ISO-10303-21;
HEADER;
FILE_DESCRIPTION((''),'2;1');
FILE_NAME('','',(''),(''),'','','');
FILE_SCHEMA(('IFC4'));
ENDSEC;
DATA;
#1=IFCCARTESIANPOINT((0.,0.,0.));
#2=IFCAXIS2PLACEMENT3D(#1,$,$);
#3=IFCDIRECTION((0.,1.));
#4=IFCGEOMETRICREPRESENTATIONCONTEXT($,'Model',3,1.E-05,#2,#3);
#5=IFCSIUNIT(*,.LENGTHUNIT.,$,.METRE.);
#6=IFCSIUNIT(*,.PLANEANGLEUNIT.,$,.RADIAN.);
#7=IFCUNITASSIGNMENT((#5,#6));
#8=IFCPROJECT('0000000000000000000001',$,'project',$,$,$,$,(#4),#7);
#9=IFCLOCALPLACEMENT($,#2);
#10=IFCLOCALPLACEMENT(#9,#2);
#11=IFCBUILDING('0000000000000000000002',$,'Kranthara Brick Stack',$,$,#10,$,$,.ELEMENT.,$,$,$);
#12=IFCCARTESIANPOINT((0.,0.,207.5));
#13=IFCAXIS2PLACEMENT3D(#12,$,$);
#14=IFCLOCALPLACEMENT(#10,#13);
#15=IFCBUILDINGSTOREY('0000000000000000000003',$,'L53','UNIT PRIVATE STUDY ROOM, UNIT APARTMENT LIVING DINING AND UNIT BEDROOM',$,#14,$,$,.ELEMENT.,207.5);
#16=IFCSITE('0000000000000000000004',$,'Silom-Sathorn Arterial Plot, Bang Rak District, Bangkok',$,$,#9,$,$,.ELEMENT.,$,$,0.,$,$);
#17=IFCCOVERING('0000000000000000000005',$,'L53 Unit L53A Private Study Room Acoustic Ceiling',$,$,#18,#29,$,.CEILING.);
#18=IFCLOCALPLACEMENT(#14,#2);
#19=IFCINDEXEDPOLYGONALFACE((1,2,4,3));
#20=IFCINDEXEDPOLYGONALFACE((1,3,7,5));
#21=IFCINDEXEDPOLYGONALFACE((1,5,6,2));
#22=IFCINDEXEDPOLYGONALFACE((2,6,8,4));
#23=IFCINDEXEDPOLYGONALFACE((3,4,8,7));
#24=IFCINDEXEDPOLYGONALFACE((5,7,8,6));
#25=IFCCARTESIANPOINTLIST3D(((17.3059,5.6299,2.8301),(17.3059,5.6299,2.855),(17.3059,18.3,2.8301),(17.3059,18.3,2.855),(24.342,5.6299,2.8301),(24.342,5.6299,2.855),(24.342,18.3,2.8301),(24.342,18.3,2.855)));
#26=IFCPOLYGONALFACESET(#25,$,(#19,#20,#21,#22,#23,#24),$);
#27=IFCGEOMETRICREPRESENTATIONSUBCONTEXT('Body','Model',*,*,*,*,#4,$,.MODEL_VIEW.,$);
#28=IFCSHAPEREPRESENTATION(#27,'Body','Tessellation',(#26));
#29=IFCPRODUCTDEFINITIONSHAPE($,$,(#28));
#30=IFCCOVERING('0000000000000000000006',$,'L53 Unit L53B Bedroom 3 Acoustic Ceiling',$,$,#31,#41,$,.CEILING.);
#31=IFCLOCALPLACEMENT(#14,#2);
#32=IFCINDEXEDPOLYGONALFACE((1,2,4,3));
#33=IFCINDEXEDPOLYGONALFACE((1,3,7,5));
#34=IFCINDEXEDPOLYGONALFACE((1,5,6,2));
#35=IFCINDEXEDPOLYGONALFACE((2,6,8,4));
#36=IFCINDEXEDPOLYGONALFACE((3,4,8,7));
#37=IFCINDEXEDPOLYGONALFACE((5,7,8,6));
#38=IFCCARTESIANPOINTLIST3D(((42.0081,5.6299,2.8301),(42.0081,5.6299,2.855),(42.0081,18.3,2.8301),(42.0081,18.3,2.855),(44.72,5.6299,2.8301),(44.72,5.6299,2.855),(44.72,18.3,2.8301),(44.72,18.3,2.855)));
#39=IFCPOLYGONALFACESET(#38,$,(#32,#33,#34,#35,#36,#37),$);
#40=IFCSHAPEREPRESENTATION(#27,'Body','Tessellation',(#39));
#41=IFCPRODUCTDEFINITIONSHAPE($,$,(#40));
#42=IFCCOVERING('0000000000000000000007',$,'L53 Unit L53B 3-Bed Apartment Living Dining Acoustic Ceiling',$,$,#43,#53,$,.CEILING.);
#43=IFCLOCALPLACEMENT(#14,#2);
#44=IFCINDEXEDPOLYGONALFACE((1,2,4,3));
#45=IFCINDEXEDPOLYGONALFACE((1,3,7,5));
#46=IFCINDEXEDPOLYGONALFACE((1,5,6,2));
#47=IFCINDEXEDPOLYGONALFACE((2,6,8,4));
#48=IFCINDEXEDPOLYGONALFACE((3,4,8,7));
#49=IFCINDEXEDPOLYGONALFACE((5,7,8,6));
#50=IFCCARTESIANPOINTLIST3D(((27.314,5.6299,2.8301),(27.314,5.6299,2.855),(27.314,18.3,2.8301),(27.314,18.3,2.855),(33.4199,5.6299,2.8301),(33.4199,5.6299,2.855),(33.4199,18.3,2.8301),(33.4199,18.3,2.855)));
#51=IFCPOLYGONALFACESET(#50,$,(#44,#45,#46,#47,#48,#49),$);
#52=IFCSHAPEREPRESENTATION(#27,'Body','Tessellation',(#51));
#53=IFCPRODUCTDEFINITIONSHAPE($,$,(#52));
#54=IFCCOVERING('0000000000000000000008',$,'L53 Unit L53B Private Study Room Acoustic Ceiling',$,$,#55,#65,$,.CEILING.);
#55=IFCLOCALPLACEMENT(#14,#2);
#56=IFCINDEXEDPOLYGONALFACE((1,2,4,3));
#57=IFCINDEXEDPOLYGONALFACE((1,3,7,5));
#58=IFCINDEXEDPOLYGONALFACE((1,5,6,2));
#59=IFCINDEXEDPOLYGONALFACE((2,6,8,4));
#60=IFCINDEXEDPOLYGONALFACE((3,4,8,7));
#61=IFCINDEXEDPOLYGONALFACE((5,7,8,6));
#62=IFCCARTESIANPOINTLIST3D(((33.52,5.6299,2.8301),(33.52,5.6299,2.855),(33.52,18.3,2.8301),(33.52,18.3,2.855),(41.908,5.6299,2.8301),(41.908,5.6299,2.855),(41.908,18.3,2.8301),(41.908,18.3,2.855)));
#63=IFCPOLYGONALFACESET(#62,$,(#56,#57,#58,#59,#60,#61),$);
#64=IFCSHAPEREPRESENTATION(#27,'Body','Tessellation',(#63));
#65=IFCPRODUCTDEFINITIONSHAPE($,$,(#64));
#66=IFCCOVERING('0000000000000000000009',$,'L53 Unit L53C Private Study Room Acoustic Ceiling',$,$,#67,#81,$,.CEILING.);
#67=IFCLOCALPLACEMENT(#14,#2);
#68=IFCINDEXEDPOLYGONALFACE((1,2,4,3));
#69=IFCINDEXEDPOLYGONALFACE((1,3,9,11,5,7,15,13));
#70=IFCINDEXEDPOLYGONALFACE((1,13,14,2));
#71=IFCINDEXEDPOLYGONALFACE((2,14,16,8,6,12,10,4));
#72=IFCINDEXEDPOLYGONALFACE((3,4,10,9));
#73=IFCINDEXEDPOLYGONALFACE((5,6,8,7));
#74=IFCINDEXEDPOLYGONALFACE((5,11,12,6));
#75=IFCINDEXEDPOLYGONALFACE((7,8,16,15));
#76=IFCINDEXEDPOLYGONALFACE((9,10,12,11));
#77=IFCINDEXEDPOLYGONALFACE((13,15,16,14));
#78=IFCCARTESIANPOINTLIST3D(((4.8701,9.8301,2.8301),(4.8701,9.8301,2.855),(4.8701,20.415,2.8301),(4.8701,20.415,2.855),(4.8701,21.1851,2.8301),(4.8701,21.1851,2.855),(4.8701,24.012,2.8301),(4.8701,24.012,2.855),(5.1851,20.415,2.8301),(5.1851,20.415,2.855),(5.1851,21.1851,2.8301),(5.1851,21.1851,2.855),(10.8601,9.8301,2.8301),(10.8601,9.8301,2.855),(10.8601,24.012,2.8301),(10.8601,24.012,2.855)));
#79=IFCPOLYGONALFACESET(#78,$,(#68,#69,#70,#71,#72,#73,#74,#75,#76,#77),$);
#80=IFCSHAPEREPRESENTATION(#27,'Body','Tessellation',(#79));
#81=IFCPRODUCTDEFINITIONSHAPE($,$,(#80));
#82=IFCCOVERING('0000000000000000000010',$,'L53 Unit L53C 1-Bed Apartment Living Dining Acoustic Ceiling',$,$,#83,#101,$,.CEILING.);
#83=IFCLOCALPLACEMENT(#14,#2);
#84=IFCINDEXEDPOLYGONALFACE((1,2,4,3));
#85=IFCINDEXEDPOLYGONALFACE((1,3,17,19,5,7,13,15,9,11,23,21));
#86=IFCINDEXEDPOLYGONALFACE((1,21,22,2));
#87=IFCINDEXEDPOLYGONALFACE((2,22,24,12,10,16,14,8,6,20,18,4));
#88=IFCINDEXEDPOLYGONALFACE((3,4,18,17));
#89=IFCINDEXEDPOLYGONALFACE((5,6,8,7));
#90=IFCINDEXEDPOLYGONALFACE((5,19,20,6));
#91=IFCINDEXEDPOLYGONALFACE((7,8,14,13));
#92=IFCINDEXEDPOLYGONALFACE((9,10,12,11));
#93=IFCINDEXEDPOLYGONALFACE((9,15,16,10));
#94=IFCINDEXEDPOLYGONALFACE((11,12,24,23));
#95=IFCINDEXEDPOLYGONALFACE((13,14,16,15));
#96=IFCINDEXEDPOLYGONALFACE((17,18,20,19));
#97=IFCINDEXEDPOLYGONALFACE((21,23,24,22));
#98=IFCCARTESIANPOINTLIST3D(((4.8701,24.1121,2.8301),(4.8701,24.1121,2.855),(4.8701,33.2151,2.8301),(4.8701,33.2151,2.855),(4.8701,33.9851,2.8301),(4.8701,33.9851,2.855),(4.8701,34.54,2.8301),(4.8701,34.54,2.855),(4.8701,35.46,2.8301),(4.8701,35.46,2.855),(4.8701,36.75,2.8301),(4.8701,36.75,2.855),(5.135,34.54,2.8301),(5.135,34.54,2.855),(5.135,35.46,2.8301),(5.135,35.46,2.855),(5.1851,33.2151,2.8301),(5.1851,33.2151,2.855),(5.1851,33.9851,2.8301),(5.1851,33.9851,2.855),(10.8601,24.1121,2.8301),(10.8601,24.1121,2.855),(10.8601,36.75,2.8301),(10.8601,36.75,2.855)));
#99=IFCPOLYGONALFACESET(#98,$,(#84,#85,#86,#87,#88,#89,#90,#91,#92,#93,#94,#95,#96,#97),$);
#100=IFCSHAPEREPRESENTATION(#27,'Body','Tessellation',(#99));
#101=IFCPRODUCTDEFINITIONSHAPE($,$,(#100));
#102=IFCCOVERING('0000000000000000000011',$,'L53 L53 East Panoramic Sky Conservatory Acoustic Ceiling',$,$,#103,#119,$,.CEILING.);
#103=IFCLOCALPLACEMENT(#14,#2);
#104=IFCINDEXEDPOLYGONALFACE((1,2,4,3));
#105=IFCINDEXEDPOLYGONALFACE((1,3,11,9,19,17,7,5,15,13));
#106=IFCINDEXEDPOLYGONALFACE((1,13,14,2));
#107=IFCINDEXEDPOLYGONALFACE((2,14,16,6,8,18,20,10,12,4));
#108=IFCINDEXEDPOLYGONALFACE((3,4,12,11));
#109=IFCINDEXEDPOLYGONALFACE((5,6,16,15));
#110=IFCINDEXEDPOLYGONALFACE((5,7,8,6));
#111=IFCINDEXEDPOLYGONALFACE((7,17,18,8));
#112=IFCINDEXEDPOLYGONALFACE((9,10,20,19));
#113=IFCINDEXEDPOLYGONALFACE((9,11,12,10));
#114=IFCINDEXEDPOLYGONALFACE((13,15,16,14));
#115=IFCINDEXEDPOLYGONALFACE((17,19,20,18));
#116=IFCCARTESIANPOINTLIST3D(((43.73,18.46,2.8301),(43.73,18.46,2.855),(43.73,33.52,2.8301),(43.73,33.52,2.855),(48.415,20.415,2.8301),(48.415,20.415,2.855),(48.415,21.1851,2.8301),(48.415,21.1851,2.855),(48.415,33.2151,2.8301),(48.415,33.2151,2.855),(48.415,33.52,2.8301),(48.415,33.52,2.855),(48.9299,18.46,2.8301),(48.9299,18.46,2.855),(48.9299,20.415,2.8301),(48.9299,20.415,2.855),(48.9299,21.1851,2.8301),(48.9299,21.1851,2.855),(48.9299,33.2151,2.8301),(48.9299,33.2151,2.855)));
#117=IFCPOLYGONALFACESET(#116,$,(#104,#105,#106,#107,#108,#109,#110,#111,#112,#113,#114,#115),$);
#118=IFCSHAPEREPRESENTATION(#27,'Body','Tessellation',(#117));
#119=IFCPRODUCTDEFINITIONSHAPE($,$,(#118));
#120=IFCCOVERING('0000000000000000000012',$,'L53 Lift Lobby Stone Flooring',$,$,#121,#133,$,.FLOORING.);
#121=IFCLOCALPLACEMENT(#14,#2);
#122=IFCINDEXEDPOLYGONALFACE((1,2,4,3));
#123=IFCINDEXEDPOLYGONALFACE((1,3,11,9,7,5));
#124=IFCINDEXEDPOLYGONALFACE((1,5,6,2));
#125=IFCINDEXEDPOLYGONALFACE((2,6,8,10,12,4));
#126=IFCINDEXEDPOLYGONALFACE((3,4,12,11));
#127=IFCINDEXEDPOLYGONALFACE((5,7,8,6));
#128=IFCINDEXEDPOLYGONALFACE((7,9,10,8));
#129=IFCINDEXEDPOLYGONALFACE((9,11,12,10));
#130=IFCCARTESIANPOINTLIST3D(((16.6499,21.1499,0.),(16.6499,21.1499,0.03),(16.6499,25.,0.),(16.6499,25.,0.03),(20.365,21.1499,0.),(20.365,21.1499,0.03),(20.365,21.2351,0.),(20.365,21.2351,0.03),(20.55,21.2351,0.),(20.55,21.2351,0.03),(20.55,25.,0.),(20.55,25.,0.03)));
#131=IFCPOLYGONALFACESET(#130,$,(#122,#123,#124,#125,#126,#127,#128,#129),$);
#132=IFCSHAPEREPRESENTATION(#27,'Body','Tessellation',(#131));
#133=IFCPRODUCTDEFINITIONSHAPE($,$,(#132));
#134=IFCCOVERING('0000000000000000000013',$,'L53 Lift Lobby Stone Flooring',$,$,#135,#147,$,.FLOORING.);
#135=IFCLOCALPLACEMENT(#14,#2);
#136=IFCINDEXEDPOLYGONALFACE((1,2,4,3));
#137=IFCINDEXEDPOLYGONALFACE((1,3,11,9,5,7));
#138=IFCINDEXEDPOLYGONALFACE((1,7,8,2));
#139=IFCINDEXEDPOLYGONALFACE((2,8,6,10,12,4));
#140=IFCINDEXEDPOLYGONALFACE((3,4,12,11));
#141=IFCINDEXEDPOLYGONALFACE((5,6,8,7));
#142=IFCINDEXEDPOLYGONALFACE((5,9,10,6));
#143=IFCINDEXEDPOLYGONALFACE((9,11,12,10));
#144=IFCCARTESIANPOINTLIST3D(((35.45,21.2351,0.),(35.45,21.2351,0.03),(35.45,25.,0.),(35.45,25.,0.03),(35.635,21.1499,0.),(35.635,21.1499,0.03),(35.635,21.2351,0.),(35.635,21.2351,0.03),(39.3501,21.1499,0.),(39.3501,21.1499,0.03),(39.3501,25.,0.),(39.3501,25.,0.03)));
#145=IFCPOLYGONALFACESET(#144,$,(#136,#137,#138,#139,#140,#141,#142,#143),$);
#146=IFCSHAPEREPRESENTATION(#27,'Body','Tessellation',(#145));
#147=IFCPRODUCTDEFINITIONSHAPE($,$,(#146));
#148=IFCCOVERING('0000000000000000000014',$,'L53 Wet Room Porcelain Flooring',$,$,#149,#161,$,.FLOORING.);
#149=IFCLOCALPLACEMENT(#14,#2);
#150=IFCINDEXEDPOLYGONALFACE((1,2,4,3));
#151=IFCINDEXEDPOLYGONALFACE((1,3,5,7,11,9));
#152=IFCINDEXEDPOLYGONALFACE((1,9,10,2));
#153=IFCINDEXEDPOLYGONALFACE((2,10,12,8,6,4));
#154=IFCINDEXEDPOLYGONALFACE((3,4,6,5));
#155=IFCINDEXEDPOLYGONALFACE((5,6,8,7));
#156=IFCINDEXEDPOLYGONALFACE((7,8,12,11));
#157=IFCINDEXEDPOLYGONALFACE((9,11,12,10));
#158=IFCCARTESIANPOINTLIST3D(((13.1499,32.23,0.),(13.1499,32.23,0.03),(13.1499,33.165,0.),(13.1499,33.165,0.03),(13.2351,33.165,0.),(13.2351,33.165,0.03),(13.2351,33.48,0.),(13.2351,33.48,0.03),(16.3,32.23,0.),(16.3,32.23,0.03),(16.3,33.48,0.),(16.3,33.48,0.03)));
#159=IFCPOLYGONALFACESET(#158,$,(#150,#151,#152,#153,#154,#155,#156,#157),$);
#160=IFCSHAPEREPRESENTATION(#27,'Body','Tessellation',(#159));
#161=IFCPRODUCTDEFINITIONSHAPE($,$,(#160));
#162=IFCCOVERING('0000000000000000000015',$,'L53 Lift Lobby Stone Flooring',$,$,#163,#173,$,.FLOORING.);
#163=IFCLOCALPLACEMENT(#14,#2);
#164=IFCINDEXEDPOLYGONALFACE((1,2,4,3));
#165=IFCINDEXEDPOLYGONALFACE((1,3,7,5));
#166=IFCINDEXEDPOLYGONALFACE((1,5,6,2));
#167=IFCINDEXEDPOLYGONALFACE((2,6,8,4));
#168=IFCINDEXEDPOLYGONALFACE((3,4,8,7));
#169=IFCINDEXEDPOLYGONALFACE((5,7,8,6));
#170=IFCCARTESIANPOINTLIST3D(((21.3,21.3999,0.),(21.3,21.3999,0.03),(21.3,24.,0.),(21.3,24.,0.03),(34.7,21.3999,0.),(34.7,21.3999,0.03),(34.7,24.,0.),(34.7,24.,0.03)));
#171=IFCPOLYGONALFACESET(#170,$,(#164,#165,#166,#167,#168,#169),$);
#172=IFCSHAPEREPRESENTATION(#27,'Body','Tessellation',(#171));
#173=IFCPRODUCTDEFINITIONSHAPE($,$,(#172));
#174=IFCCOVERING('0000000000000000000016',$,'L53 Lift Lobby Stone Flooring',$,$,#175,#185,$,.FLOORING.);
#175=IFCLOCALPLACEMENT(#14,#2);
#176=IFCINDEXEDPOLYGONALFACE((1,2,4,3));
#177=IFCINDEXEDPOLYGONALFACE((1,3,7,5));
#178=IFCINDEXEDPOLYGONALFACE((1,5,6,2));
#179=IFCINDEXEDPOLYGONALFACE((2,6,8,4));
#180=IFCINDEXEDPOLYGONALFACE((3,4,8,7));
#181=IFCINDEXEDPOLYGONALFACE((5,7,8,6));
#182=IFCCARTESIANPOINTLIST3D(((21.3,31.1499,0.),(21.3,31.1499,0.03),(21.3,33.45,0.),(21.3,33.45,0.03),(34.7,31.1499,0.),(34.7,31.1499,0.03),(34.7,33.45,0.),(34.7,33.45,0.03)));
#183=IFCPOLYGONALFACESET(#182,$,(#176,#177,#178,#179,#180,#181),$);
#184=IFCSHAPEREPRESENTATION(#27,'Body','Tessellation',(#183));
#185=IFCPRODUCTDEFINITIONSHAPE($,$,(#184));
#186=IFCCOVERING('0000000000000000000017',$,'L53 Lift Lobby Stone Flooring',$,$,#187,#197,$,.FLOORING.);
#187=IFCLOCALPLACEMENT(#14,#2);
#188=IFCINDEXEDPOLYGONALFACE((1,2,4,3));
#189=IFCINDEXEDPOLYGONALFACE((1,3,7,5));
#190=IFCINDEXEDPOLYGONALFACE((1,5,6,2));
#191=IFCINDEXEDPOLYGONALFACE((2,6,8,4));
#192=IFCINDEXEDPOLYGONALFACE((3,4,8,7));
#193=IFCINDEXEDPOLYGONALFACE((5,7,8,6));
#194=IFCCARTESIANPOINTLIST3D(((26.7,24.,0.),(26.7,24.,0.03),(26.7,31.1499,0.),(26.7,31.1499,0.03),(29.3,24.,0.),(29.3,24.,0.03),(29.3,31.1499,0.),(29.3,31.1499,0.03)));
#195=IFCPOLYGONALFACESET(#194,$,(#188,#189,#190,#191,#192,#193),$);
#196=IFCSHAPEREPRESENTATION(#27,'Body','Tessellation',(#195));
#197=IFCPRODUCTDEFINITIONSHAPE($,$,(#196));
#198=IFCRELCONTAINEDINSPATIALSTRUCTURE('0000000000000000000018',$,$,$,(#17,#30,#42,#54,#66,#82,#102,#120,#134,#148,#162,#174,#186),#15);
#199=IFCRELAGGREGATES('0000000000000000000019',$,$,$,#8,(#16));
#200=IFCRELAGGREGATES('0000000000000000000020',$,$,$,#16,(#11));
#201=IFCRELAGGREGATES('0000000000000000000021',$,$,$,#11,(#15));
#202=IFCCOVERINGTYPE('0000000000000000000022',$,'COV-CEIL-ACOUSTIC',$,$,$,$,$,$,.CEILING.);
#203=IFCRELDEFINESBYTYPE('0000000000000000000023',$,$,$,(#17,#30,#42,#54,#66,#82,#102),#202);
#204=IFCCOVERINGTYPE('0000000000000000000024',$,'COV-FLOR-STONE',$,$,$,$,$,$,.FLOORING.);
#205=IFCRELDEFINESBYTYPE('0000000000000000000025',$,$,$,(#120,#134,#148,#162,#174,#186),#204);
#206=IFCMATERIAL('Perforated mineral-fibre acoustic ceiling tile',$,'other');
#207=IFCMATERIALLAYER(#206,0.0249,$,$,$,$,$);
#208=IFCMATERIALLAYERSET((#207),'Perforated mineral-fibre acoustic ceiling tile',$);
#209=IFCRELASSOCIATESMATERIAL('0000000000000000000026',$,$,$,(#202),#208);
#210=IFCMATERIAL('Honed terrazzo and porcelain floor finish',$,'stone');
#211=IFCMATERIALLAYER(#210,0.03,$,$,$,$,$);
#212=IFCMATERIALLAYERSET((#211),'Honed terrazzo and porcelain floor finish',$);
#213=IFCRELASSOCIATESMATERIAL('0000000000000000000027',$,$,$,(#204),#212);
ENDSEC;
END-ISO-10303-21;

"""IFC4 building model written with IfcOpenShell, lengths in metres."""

from ifc_helpers import new_model, si_unit, direction, frame, origin, place, context, subcontext, project, spatial, polyline, outline, extrude, material, layer, layer_set, type_object, element, save


model = new_model("IFC4")

# Units and contexts
model_context = context("Model", 3, precision=1e-05, world=origin(), true_north=direction((0.0, 1.0)))
body_context = subcontext(model_context, "Body", "Model", "MODEL_VIEW")
ifc_project = project(units=[si_unit("LENGTHUNIT", "METRE"), si_unit("PLANEANGLEUNIT", "RADIAN")], contexts=[model_context])

# Site, building, storey
site_placement = place(None, origin())
site = spatial("IfcSite", under=ifc_project, at=site_placement, Name="Silom-Sathorn Arterial Plot, Bang Rak District, Bangkok", CompositionType="ELEMENT", RefElevation=0.0)
building_placement = place(site_placement, origin())
building = spatial("IfcBuilding", under=site, at=building_placement, Name="Kranthara Brick Stack", CompositionType="ELEMENT")
storey_placement = place(building_placement, frame((0.0, 0.0, 207.5)))
storey = spatial("IfcBuildingStorey", under=building, at=storey_placement, Name="L53", Description="UNIT PRIVATE STUDY ROOM, UNIT APARTMENT LIVING DINING AND UNIT BEDROOM", CompositionType="ELEMENT", Elevation=207.5)

# Coverings
ifc_material_1 = material(Name="Perforated mineral-fibre acoustic ceiling tile", Category="other")
ifc_layer_1 = layer(ifc_material_1, 0.0249)
ifc_layer_set_1 = layer_set([ifc_layer_1], Name="Perforated mineral-fibre acoustic ceiling tile")
covering_type_1 = type_object("IfcCoveringType", Name="COV-CEIL-ACOUSTIC", PredefinedType="CEILING", material=ifc_layer_set_1)
covering_1_placement = place(storey_placement, frame((0.0, 0.0, 2.8301)))
element("IfcCovering", 1, at=covering_1_placement, inside=storey, type_object=covering_type_1, Name="L53 Unit L53A Private Study Room Acoustic Ceiling", PredefinedType="CEILING", context=body_context, shape_type="SweptSolid", body=[
    extrude(outline(polyline([(24.342, 5.6299), (24.342, 18.3), (17.3059, 18.3), (17.3059, 5.6299), (24.342, 5.6299)])), origin(), (0.0, 0.0, 1.0), 0.0249),
])
covering_2_placement = place(storey_placement, frame((0.0, 0.0, 2.8301)))
element("IfcCovering", 2, at=covering_2_placement, inside=storey, type_object=covering_type_1, Name="L53 Unit L53B Bedroom 3 Acoustic Ceiling", PredefinedType="CEILING", context=body_context, shape_type="SweptSolid", body=[
    extrude(outline(polyline([(44.72, 5.6299), (44.72, 18.3), (42.0081, 18.3), (42.0081, 5.6299), (44.72, 5.6299)])), origin(), (0.0, 0.0, 1.0), 0.0249),
])
covering_3_placement = place(storey_placement, frame((0.0, 0.0, 2.8301)))
element("IfcCovering", 3, at=covering_3_placement, inside=storey, type_object=covering_type_1, Name="L53 Unit L53B 3-Bed Apartment Living Dining Acoustic Ceiling", PredefinedType="CEILING", context=body_context, shape_type="SweptSolid", body=[
    extrude(outline(polyline([(33.4199, 5.6299), (33.4199, 18.3), (27.314, 18.3), (27.314, 5.6299), (33.4199, 5.6299)])), origin(), (0.0, 0.0, 1.0), 0.0249),
])
covering_4_placement = place(storey_placement, frame((0.0, 0.0, 2.8301)))
element("IfcCovering", 4, at=covering_4_placement, inside=storey, type_object=covering_type_1, Name="L53 Unit L53B Private Study Room Acoustic Ceiling", PredefinedType="CEILING", context=body_context, shape_type="SweptSolid", body=[
    extrude(outline(polyline([(41.908, 5.6299), (41.908, 18.3), (33.52, 18.3), (33.52, 5.6299), (41.908, 5.6299)])), origin(), (0.0, 0.0, 1.0), 0.0249),
])
covering_5_placement = place(storey_placement, frame((0.0, 0.0, 2.8301)))
element("IfcCovering", 5, at=covering_5_placement, inside=storey, type_object=covering_type_1, Name="L53 Unit L53C Private Study Room Acoustic Ceiling", PredefinedType="CEILING", context=body_context, shape_type="SweptSolid", body=[
    extrude(outline(polyline([(4.8701, 24.012), (10.8601, 24.012), (10.8601, 9.8301), (4.8701, 9.8301), (4.8701, 20.415), (5.1851, 20.415), (5.1851, 21.1851), (4.8701, 21.1851), (4.8701, 24.012)])), origin(), (0.0, 0.0, 1.0), 0.0249),
])
covering_6_placement = place(storey_placement, frame((0.0, 0.0, 2.8301)))
element("IfcCovering", 6, at=covering_6_placement, inside=storey, type_object=covering_type_1, Name="L53 Unit L53C 1-Bed Apartment Living Dining Acoustic Ceiling", PredefinedType="CEILING", context=body_context, shape_type="SweptSolid", body=[
    extrude(outline(polyline([(10.8601, 36.75), (10.8601, 24.1121), (4.8701, 24.1121), (4.8701, 33.2151), (5.1851, 33.2151), (5.1851, 33.9851), (4.8701, 33.9851), (4.8701, 34.54), (5.135, 34.54), (5.135, 35.46), (4.8701, 35.46), (4.8701, 36.75), (10.8601, 36.75)])), origin(), (0.0, 0.0, 1.0), 0.0249),
])
covering_7_placement = place(storey_placement, frame((0.0, 0.0, 2.8301)))
element("IfcCovering", 7, at=covering_7_placement, inside=storey, type_object=covering_type_1, Name="L53 L53 East Panoramic Sky Conservatory Acoustic Ceiling", PredefinedType="CEILING", context=body_context, shape_type="SweptSolid", body=[
    extrude(outline(polyline([(43.73, 18.46), (43.73, 33.52), (48.415, 33.52), (48.415, 33.2151), (48.9299, 33.2151), (48.9299, 21.1851), (48.415, 21.1851), (48.415, 20.415), (48.9299, 20.415), (48.9299, 18.46), (43.73, 18.46)])), origin(), (0.0, 0.0, 1.0), 0.0249),
])
ifc_material_2 = material(Name="Honed terrazzo and porcelain floor finish", Category="stone")
ifc_layer_2 = layer(ifc_material_2, 0.03)
ifc_layer_set_2 = layer_set([ifc_layer_2], Name="Honed terrazzo and porcelain floor finish")
covering_type_2 = type_object("IfcCoveringType", Name="COV-FLOR-STONE", PredefinedType="FLOORING", material=ifc_layer_set_2)
covering_8_placement = place(storey_placement, origin())
element("IfcCovering", 8, at=covering_8_placement, inside=storey, type_object=covering_type_2, Name="L53 Lift Lobby Stone Flooring", PredefinedType="FLOORING", context=body_context, shape_type="SweptSolid", body=[
    extrude(outline(polyline([(16.6499, 21.1499), (16.6499, 25.0), (20.55, 25.0), (20.55, 21.2351), (20.365, 21.2351), (20.365, 21.1499), (16.6499, 21.1499)])), origin(), (0.0, 0.0, 1.0), 0.03),
])
covering_9_placement = place(storey_placement, origin())
element("IfcCovering", 9, at=covering_9_placement, inside=storey, type_object=covering_type_2, Name="L53 Lift Lobby Stone Flooring", PredefinedType="FLOORING", context=body_context, shape_type="SweptSolid", body=[
    extrude(outline(polyline([(35.45, 25.0), (39.3501, 25.0), (39.3501, 21.1499), (35.635, 21.1499), (35.635, 21.2351), (35.45, 21.2351), (35.45, 25.0)])), origin(), (0.0, 0.0, 1.0), 0.03),
])
covering_10_placement = place(storey_placement, origin())
element("IfcCovering", 10, at=covering_10_placement, inside=storey, type_object=covering_type_2, Name="L53 Wet Room Porcelain Flooring", PredefinedType="FLOORING", context=body_context, shape_type="SweptSolid", body=[
    extrude(outline(polyline([(16.3, 33.48), (16.3, 32.23), (13.1499, 32.23), (13.1499, 33.165), (13.2351, 33.165), (13.2351, 33.48), (16.3, 33.48)])), origin(), (0.0, 0.0, 1.0), 0.03),
])
covering_11_placement = place(storey_placement, origin())
element("IfcCovering", 11, at=covering_11_placement, inside=storey, type_object=covering_type_2, Name="L53 Lift Lobby Stone Flooring", PredefinedType="FLOORING", context=body_context, shape_type="SweptSolid", body=[
    extrude(outline(polyline([(34.7, 21.3999), (34.7, 24.0), (21.3, 24.0), (21.3, 21.3999), (34.7, 21.3999)])), origin(), (0.0, 0.0, 1.0), 0.03),
])
covering_12_placement = place(storey_placement, origin())
element("IfcCovering", 12, at=covering_12_placement, inside=storey, type_object=covering_type_2, Name="L53 Lift Lobby Stone Flooring", PredefinedType="FLOORING", context=body_context, shape_type="SweptSolid", body=[
    extrude(outline(polyline([(34.7, 31.1499), (34.7, 33.45), (21.3, 33.45), (21.3, 31.1499), (34.7, 31.1499)])), origin(), (0.0, 0.0, 1.0), 0.03),
])
covering_13_placement = place(storey_placement, origin())
element("IfcCovering", 13, at=covering_13_placement, inside=storey, type_object=covering_type_2, Name="L53 Lift Lobby Stone Flooring", PredefinedType="FLOORING", context=body_context, shape_type="SweptSolid", body=[
    extrude(outline(polyline([(29.3, 24.0), (26.7, 24.0), (26.7, 31.1499), (29.3, 31.1499), (29.3, 24.0)])), origin(), (0.0, 0.0, 1.0), 0.03),
])

save(model, "model.ifc")
